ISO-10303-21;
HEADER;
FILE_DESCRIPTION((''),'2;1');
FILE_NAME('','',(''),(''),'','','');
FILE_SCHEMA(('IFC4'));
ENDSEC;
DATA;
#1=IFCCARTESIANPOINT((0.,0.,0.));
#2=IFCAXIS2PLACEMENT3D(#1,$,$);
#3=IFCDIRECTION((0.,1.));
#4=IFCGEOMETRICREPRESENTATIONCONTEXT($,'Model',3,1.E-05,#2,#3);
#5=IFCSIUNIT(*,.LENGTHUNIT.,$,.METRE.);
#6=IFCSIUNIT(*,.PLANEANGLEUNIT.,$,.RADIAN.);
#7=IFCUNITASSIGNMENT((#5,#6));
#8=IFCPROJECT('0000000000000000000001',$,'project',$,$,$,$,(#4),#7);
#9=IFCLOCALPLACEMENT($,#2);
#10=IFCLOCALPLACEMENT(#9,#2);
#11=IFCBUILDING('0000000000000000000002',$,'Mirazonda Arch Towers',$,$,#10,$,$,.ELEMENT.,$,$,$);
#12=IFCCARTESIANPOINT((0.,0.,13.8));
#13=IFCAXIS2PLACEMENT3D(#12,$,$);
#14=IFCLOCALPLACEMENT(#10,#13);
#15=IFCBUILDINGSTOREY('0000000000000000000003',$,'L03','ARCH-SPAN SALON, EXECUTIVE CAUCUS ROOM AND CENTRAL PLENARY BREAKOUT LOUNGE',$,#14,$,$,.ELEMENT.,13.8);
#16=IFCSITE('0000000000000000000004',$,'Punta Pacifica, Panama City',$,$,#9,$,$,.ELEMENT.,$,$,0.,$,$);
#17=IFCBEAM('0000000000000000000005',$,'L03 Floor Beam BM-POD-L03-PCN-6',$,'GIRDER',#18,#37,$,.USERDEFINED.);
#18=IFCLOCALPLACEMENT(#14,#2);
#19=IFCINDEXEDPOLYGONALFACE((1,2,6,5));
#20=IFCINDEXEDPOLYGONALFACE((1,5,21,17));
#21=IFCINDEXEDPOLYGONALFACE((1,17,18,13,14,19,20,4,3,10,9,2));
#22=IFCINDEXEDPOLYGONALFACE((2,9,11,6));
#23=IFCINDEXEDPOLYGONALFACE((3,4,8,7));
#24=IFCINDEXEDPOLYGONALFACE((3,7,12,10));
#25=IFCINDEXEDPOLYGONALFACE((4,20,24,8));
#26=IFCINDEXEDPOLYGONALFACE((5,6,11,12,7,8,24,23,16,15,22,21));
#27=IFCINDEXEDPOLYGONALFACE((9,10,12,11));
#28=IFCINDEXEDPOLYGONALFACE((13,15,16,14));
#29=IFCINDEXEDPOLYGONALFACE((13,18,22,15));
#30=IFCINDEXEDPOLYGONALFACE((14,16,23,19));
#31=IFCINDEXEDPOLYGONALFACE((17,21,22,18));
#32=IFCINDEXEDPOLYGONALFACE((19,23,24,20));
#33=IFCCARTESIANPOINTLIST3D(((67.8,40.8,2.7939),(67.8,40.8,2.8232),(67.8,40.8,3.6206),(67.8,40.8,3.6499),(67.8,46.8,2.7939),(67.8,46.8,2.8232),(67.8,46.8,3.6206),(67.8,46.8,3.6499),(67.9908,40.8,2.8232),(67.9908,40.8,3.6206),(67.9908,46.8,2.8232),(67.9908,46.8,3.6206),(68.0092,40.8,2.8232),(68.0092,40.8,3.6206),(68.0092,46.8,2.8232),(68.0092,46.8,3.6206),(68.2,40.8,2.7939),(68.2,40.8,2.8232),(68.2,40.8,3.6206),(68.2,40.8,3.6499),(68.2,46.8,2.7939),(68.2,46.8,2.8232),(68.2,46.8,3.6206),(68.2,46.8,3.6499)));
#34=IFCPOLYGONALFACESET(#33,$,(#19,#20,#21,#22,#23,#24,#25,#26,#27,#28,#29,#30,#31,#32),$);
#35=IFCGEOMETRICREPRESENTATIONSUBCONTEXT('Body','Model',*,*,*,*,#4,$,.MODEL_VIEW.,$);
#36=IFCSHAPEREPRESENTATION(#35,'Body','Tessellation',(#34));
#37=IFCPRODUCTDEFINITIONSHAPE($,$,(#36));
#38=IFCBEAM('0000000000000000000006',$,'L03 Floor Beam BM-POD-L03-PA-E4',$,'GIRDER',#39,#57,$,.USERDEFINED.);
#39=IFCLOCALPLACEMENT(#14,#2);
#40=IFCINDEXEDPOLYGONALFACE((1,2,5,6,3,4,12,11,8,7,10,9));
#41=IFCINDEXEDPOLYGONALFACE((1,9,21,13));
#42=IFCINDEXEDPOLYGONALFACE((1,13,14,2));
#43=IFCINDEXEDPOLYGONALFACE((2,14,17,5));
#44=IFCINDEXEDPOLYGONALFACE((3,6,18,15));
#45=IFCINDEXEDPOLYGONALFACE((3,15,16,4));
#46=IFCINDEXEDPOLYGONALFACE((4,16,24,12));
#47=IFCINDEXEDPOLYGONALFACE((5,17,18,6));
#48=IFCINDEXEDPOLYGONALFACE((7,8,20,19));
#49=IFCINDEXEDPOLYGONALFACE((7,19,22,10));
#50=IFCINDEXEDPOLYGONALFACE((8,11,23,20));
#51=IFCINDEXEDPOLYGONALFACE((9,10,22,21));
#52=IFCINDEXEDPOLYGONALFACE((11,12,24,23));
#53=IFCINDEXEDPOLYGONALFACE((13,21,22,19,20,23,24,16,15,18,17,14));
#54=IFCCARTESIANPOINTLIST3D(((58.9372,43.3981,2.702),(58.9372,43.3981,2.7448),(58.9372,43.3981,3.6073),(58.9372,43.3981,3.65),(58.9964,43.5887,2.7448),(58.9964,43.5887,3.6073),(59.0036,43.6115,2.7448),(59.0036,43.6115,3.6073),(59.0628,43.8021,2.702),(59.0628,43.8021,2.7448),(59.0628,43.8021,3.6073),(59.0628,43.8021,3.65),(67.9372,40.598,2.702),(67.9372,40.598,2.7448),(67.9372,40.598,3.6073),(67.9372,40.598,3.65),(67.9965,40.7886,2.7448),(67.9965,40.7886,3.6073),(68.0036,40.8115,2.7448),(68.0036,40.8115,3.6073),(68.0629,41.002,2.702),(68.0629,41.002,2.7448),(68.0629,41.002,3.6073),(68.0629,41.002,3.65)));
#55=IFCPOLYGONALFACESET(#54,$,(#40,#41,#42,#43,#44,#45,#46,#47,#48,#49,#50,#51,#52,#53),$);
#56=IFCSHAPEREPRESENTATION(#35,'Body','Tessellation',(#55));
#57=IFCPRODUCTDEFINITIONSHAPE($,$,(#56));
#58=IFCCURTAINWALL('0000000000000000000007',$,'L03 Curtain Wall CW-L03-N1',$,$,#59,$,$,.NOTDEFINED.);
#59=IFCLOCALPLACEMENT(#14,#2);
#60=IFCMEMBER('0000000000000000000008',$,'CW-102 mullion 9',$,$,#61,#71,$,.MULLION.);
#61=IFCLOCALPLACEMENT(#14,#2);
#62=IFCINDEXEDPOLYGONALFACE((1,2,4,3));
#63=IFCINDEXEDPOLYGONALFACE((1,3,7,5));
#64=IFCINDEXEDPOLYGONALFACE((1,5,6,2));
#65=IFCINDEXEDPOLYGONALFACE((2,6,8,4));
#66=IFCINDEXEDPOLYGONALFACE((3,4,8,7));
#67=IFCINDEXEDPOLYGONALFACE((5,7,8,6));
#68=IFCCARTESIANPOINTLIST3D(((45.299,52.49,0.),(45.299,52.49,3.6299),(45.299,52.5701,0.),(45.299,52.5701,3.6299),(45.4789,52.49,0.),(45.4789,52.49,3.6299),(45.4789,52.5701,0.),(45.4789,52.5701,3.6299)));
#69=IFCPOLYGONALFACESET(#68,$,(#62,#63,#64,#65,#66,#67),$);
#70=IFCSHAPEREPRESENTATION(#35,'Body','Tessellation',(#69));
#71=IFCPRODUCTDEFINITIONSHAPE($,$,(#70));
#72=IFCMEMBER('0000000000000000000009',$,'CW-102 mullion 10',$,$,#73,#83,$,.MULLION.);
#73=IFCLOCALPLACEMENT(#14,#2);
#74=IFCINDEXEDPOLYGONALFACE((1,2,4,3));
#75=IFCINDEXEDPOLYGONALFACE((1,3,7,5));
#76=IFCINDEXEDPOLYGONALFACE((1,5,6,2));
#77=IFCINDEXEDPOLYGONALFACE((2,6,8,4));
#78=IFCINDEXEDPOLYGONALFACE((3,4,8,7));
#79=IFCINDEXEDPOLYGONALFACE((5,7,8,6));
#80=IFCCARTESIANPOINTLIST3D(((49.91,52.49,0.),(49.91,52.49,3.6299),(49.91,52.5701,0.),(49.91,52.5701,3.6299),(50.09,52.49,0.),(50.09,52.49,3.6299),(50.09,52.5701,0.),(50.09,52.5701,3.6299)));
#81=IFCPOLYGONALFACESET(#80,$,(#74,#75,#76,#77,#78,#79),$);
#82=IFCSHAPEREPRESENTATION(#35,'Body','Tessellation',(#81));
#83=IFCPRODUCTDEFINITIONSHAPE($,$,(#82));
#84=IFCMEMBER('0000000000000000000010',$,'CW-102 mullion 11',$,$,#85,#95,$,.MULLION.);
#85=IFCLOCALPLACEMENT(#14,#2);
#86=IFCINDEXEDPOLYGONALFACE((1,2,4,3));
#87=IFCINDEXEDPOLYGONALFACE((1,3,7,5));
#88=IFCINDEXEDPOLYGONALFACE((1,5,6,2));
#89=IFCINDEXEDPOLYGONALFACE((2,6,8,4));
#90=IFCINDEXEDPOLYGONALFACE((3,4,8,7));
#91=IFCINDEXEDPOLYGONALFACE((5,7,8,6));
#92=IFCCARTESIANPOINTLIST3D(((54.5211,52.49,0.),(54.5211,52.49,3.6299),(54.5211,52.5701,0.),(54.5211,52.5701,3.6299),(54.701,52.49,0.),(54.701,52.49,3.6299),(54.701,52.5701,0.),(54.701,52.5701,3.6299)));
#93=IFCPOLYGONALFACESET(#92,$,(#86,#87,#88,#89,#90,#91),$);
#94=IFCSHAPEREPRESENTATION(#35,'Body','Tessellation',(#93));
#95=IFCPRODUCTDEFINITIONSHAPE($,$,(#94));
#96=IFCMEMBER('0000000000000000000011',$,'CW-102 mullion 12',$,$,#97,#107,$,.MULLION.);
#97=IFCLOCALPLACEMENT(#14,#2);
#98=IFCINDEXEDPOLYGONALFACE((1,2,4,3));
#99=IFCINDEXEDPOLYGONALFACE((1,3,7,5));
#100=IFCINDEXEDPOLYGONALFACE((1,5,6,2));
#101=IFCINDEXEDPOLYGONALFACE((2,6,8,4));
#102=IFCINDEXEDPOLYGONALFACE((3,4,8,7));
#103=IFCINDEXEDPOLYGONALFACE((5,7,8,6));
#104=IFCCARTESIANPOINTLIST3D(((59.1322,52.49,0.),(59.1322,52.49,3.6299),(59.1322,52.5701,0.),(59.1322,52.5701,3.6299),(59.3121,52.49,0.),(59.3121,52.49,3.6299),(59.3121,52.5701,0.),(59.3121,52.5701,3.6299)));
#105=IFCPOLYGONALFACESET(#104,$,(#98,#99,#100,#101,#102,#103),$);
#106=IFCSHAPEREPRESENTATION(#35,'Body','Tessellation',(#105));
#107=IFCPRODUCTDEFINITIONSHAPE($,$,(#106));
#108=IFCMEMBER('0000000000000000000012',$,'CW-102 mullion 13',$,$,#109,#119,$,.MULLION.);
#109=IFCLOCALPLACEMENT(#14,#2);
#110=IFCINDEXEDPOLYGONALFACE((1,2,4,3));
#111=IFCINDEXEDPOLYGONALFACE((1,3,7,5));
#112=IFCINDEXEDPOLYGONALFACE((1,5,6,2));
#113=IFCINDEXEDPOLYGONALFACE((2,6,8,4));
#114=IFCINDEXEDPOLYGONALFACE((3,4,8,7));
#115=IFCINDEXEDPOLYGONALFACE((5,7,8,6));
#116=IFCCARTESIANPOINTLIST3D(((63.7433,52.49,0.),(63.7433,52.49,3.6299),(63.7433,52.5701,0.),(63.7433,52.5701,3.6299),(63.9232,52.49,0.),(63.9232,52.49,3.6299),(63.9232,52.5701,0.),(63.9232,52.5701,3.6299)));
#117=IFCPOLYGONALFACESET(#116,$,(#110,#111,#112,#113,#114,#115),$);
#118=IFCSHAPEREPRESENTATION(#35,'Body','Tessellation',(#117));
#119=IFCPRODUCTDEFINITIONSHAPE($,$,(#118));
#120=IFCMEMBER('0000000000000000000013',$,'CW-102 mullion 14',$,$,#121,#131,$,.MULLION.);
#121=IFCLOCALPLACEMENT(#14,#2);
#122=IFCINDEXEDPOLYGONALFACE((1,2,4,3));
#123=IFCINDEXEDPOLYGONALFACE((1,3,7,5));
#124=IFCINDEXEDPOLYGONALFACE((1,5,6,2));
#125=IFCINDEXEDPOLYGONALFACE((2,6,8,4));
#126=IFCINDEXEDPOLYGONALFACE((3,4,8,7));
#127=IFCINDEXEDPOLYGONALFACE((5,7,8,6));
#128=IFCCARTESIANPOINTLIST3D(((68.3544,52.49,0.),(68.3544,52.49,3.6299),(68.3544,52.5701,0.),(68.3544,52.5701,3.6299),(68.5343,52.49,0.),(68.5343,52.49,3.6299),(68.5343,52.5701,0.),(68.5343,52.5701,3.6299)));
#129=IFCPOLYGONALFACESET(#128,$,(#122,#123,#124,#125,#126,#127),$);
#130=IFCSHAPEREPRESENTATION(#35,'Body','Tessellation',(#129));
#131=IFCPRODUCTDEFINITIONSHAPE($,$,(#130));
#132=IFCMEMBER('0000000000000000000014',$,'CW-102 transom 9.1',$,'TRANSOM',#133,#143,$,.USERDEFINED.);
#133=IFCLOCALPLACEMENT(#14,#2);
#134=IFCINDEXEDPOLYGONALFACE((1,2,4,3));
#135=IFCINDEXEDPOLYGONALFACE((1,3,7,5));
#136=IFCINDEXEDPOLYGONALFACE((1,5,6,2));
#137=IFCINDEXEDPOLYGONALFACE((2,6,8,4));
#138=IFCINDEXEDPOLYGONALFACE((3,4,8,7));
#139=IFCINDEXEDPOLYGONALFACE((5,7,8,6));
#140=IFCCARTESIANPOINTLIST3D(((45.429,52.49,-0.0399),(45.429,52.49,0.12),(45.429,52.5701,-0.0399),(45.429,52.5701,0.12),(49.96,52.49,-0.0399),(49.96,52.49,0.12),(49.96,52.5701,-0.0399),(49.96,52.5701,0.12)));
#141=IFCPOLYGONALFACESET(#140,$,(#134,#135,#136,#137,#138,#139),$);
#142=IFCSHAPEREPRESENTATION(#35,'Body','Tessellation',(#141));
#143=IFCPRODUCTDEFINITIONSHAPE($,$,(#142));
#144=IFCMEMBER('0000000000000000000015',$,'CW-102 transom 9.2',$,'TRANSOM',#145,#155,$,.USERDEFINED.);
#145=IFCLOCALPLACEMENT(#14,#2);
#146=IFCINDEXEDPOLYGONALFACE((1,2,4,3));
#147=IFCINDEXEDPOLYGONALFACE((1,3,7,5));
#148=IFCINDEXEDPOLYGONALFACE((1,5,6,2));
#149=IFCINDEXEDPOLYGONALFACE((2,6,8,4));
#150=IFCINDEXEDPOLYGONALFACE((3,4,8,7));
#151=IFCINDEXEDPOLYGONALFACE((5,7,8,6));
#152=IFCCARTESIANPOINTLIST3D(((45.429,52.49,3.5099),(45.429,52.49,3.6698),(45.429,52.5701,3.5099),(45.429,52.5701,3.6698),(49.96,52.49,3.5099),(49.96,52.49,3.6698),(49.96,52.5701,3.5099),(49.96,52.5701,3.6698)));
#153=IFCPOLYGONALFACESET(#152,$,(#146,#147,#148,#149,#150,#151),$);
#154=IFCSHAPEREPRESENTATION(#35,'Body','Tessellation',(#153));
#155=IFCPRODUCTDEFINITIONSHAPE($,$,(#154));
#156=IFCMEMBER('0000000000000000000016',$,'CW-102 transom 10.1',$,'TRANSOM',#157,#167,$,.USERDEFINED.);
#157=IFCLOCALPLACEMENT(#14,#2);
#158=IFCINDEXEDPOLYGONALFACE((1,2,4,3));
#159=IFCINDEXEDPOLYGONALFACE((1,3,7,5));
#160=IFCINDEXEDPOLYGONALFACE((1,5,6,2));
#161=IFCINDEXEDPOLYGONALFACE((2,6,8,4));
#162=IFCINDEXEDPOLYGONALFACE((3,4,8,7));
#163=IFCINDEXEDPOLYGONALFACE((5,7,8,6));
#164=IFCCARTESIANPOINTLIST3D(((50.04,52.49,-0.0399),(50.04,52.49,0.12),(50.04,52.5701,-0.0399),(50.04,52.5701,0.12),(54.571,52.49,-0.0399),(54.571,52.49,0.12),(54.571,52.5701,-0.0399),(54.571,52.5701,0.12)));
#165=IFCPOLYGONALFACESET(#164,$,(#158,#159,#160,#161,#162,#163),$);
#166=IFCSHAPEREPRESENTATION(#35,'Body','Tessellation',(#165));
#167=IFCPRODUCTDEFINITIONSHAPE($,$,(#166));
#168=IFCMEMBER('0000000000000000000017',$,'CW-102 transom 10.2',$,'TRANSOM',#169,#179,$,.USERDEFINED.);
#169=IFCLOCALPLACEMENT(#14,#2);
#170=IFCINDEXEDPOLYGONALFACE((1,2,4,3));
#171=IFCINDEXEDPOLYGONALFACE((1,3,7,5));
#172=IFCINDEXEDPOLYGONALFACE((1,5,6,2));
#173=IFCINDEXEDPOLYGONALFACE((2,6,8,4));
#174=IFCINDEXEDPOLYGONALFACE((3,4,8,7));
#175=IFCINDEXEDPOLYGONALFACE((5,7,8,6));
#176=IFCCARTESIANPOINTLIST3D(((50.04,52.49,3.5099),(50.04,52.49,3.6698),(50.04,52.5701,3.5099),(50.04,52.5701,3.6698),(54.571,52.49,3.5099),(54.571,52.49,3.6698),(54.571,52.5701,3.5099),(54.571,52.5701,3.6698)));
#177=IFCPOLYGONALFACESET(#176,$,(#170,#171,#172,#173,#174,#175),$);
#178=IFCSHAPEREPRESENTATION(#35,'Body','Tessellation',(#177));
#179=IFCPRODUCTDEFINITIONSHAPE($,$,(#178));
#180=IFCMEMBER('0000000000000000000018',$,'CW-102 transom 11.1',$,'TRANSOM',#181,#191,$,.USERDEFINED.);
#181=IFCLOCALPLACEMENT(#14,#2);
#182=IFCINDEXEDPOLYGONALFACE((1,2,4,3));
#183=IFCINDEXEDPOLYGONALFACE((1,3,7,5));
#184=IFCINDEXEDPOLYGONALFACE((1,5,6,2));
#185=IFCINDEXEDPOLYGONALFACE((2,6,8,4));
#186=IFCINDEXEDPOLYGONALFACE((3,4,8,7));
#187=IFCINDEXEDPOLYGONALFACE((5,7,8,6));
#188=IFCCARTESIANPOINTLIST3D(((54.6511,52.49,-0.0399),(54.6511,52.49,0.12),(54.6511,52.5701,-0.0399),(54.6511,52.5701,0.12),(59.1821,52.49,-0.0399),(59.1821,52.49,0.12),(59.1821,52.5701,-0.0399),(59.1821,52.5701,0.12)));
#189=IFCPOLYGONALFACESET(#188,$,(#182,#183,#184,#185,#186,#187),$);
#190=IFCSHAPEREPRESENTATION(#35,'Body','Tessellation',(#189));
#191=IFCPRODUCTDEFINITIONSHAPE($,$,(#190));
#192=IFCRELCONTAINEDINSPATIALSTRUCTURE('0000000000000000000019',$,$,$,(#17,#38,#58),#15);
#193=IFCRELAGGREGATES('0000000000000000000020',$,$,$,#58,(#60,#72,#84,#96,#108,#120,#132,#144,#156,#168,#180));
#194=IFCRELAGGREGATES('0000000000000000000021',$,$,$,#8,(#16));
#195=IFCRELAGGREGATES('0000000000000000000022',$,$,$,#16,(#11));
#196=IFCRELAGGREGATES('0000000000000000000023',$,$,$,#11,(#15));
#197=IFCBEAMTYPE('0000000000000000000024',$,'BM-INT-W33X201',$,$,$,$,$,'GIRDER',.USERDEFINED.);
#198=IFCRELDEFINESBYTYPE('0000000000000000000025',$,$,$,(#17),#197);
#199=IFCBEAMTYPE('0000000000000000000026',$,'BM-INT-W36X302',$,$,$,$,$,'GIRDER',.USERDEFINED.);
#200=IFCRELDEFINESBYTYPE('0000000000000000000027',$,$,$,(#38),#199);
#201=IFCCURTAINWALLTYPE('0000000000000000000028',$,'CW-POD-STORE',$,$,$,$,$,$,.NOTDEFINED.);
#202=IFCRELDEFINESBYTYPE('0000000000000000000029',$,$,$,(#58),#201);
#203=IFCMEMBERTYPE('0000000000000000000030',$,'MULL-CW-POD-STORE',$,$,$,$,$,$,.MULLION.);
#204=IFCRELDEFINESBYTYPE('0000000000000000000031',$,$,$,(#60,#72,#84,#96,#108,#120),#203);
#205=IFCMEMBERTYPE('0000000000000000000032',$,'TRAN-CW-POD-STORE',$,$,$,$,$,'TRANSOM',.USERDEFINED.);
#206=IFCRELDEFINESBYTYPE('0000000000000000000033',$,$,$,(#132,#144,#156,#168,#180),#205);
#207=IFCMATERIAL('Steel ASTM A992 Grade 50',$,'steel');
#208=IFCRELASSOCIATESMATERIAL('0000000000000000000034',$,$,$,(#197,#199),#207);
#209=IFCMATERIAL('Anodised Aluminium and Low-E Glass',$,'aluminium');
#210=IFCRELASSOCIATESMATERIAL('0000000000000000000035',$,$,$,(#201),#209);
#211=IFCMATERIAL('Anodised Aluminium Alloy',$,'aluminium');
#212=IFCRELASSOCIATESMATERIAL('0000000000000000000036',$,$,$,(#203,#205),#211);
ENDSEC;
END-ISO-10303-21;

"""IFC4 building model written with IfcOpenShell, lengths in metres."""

from ifc_helpers import new_model, si_unit, direction, frame, origin, origin_2d, place, context, subcontext, project, spatial, rectangle, i_section, extrude, material, material_profile, profile_set, type_object, element, aggregate, save


model = new_model("IFC4")

# Units and contexts
model_context = context("Model", 3, precision=1e-05, world=origin(), true_north=direction((0.0, 1.0)))
body_context = subcontext(model_context, "Body", "Model", "MODEL_VIEW")
ifc_project = project(units=[si_unit("LENGTHUNIT", "METRE"), si_unit("PLANEANGLEUNIT", "RADIAN")], contexts=[model_context])

# Site, building, storey
site_placement = place(None, origin())
site = spatial("IfcSite", under=ifc_project, at=site_placement, Name="Punta Pacifica, Panama City", CompositionType="ELEMENT", RefElevation=0.0)
building_placement = place(site_placement, origin())
building = spatial("IfcBuilding", under=site, at=building_placement, Name="Mirazonda Arch Towers", CompositionType="ELEMENT")
storey_placement = place(building_placement, frame((0.0, 0.0, 13.8)))
storey = spatial("IfcBuildingStorey", under=building, at=storey_placement, Name="L03", Description="ARCH-SPAN SALON, EXECUTIVE CAUCUS ROOM AND CENTRAL PLENARY BREAKOUT LOUNGE", CompositionType="ELEMENT", Elevation=13.8)

# Beams
ifc_material_1 = material(Name="Steel ASTM A992 Grade 50", Category="steel")
ifc_material_profile_1 = material_profile(ifc_material_1, i_section(OverallWidth=0.3999, OverallDepth=0.856, WebThickness=0.0183, FlangeThickness=0.0293, at=origin_2d()), Name="W33X201")
ifc_profile_set_1 = profile_set([ifc_material_profile_1], Name="Steel ASTM A992 Grade 50")
beam_type_1 = type_object("IfcBeamType", Name="BM-INT-W33X201", ElementType="GIRDER", PredefinedType="USERDEFINED", material=ifc_profile_set_1)
beam_1_placement = place(storey_placement, frame((68.0, 40.8, 3.2219), z_axis=(0.0, 1.0, 0.0), x_axis=(-1.0, 0.0, 0.0)))
element("IfcBeam", 1, at=beam_1_placement, inside=storey, type_object=beam_type_1, Name="L03 Floor Beam BM-POD-L03-PCN-6", ObjectType="GIRDER", PredefinedType="USERDEFINED", context=body_context, shape_type="SweptSolid", body=[
    extrude(i_section(OverallWidth=0.3999, OverallDepth=0.856, WebThickness=0.0183, FlangeThickness=0.0293, at=origin_2d()), origin(), (0.0, 0.0, 1.0), 6.0),
])
ifc_material_profile_2 = material_profile(ifc_material_1, i_section(OverallWidth=0.4231, OverallDepth=0.948, WebThickness=0.0239, FlangeThickness=0.0427, at=origin_2d()), Name="W36X302")
ifc_profile_set_2 = profile_set([ifc_material_profile_2], Name="Steel ASTM A992 Grade 50")
beam_type_2 = type_object("IfcBeamType", Name="BM-INT-W36X302", ElementType="GIRDER", PredefinedType="USERDEFINED", material=ifc_profile_set_2)
beam_2_placement = place(storey_placement, frame((59.0, 43.6001, 3.176), z_axis=(0.954855, -0.297071, 0.0), x_axis=(0.297071, 0.954855, 0.0)))
element("IfcBeam", 2, at=beam_2_placement, inside=storey, type_object=beam_type_2, Name="L03 Floor Beam BM-POD-L03-PA-E4", ObjectType="GIRDER", PredefinedType="USERDEFINED", context=body_context, shape_type="SweptSolid", body=[
    extrude(i_section(OverallWidth=0.4231, OverallDepth=0.948, WebThickness=0.0239, FlangeThickness=0.0427, at=origin_2d()), origin(), (0.0, 0.0, 1.0), 9.4255),
])

# Curtain wall, members
ifc_material_2 = material(Name="Anodised Aluminium and Low-E Glass", Category="aluminium")
curtain_wall_type = type_object("IfcCurtainWallType", Name="CW-POD-STORE", PredefinedType="NOTDEFINED", material=ifc_material_2)
curtain_wall_placement = place(storey_placement, origin())
curtain_wall = element("IfcCurtainWall", 3, at=curtain_wall_placement, inside=storey, type_object=curtain_wall_type, Name="L03 Curtain Wall CW-L03-N1", PredefinedType="NOTDEFINED")
ifc_material_3 = material(Name="Anodised Aluminium Alloy", Category="aluminium")
ifc_material_profile_3 = material_profile(ifc_material_3, rectangle(XDim=0.0801, YDim=0.1799, at=origin_2d()), Name="ALU-MULL-80x180")
ifc_profile_set_3 = profile_set([ifc_material_profile_3], Name="Anodised Aluminium Alloy")
member_type_1 = type_object("IfcMemberType", Name="MULL-CW-POD-STORE", PredefinedType="MULLION", material=ifc_profile_set_3)
member_1_placement = place(storey_placement, frame((45.3889, 52.53, 0.0), z_axis=(0.0, 0.0, 1.0), x_axis=(0.0, 1.0, 0.0)))
member_1 = element("IfcMember", 4, at=member_1_placement, type_object=member_type_1, Name="CW-102 mullion 9", PredefinedType="MULLION", context=body_context, shape_type="SweptSolid", body=[
    extrude(rectangle(XDim=0.0801, YDim=0.1799, at=origin_2d()), origin(), (0.0, 0.0, 1.0), 3.6299),
])
member_2_placement = place(storey_placement, frame((50.0, 52.53, 0.0), z_axis=(0.0, 0.0, 1.0), x_axis=(0.0, 1.0, 0.0)))
member_2 = element("IfcMember", 5, at=member_2_placement, type_object=member_type_1, Name="CW-102 mullion 10", PredefinedType="MULLION", context=body_context, shape_type="SweptSolid", body=[
    extrude(rectangle(XDim=0.0801, YDim=0.1799, at=origin_2d()), origin(), (0.0, 0.0, 1.0), 3.6299),
])
member_3_placement = place(storey_placement, frame((54.6111, 52.53, 0.0), z_axis=(0.0, 0.0, 1.0), x_axis=(0.0, 1.0, 0.0)))
member_3 = element("IfcMember", 6, at=member_3_placement, type_object=member_type_1, Name="CW-102 mullion 11", PredefinedType="MULLION", context=body_context, shape_type="SweptSolid", body=[
    extrude(rectangle(XDim=0.0801, YDim=0.1799, at=origin_2d()), origin(), (0.0, 0.0, 1.0), 3.6299),
])
member_4_placement = place(storey_placement, frame((59.2222, 52.53, 0.0), z_axis=(0.0, 0.0, 1.0), x_axis=(0.0, 1.0, 0.0)))
member_4 = element("IfcMember", 7, at=member_4_placement, type_object=member_type_1, Name="CW-102 mullion 12", PredefinedType="MULLION", context=body_context, shape_type="SweptSolid", body=[
    extrude(rectangle(XDim=0.0801, YDim=0.1799, at=origin_2d()), origin(), (0.0, 0.0, 1.0), 3.6299),
])
member_5_placement = place(storey_placement, frame((63.8333, 52.53, 0.0), z_axis=(0.0, 0.0, 1.0), x_axis=(0.0, 1.0, 0.0)))
member_5 = element("IfcMember", 8, at=member_5_placement, type_object=member_type_1, Name="CW-102 mullion 13", PredefinedType="MULLION", context=body_context, shape_type="SweptSolid", body=[
    extrude(rectangle(XDim=0.0801, YDim=0.1799, at=origin_2d()), origin(), (0.0, 0.0, 1.0), 3.6299),
])
member_6_placement = place(storey_placement, frame((68.4443, 52.53, 0.0), z_axis=(0.0, 0.0, 1.0), x_axis=(0.0, 1.0, 0.0)))
member_6 = element("IfcMember", 9, at=member_6_placement, type_object=member_type_1, Name="CW-102 mullion 14", PredefinedType="MULLION", context=body_context, shape_type="SweptSolid", body=[
    extrude(rectangle(XDim=0.0801, YDim=0.1799, at=origin_2d()), origin(), (0.0, 0.0, 1.0), 3.6299),
])
ifc_material_profile_4 = material_profile(ifc_material_3, rectangle(XDim=0.0801, YDim=0.1599, at=origin_2d()), Name="ALU-TRAN-80x160")
ifc_profile_set_4 = profile_set([ifc_material_profile_4], Name="Anodised Aluminium Alloy")
member_type_2 = type_object("IfcMemberType", Name="TRAN-CW-POD-STORE", ElementType="TRANSOM", PredefinedType="USERDEFINED", material=ifc_profile_set_4)
member_7_placement = place(storey_placement, frame((45.429, 52.53, 0.04), z_axis=(1.0, 0.0, 0.0), x_axis=(0.0, 1.0, 0.0)))
member_7 = element("IfcMember", 10, at=member_7_placement, type_object=member_type_2, Name="CW-102 transom 9.1", ObjectType="TRANSOM", PredefinedType="USERDEFINED", context=body_context, shape_type="SweptSolid", body=[
    extrude(rectangle(XDim=0.0801, YDim=0.1599, at=origin_2d()), origin(), (0.0, 0.0, 1.0), 4.531),
])
member_8_placement = place(storey_placement, frame((45.429, 52.53, 3.5898), z_axis=(1.0, 0.0, 0.0), x_axis=(0.0, 1.0, 0.0)))
member_8 = element("IfcMember", 11, at=member_8_placement, type_object=member_type_2, Name="CW-102 transom 9.2", ObjectType="TRANSOM", PredefinedType="USERDEFINED", context=body_context, shape_type="SweptSolid", body=[
    extrude(rectangle(XDim=0.0801, YDim=0.1599, at=origin_2d()), origin(), (0.0, 0.0, 1.0), 4.531),
])
member_9_placement = place(storey_placement, frame((50.04, 52.53, 0.04), z_axis=(1.0, 0.0, 0.0), x_axis=(0.0, 1.0, 0.0)))
member_9 = element("IfcMember", 12, at=member_9_placement, type_object=member_type_2, Name="CW-102 transom 10.1", ObjectType="TRANSOM", PredefinedType="USERDEFINED", context=body_context, shape_type="SweptSolid", body=[
    extrude(rectangle(XDim=0.0801, YDim=0.1599, at=origin_2d()), origin(), (0.0, 0.0, 1.0), 4.531),
])
member_10_placement = place(storey_placement, frame((50.04, 52.53, 3.5898), z_axis=(1.0, 0.0, 0.0), x_axis=(0.0, 1.0, 0.0)))
member_10 = element("IfcMember", 13, at=member_10_placement, type_object=member_type_2, Name="CW-102 transom 10.2", ObjectType="TRANSOM", PredefinedType="USERDEFINED", context=body_context, shape_type="SweptSolid", body=[
    extrude(rectangle(XDim=0.0801, YDim=0.1599, at=origin_2d()), origin(), (0.0, 0.0, 1.0), 4.531),
])
member_11_placement = place(storey_placement, frame((54.6511, 52.53, 0.04), z_axis=(1.0, 0.0, 0.0), x_axis=(0.0, 1.0, 0.0)))
member_11 = element("IfcMember", 14, at=member_11_placement, type_object=member_type_2, Name="CW-102 transom 11.1", ObjectType="TRANSOM", PredefinedType="USERDEFINED", context=body_context, shape_type="SweptSolid", body=[
    extrude(rectangle(XDim=0.0801, YDim=0.1599, at=origin_2d()), origin(), (0.0, 0.0, 1.0), 4.531),
])
aggregate(curtain_wall, [member_1, member_2, member_3, member_4, member_5, member_6, member_7, member_8, member_9, member_10, member_11])

save(model, "model.ifc")
